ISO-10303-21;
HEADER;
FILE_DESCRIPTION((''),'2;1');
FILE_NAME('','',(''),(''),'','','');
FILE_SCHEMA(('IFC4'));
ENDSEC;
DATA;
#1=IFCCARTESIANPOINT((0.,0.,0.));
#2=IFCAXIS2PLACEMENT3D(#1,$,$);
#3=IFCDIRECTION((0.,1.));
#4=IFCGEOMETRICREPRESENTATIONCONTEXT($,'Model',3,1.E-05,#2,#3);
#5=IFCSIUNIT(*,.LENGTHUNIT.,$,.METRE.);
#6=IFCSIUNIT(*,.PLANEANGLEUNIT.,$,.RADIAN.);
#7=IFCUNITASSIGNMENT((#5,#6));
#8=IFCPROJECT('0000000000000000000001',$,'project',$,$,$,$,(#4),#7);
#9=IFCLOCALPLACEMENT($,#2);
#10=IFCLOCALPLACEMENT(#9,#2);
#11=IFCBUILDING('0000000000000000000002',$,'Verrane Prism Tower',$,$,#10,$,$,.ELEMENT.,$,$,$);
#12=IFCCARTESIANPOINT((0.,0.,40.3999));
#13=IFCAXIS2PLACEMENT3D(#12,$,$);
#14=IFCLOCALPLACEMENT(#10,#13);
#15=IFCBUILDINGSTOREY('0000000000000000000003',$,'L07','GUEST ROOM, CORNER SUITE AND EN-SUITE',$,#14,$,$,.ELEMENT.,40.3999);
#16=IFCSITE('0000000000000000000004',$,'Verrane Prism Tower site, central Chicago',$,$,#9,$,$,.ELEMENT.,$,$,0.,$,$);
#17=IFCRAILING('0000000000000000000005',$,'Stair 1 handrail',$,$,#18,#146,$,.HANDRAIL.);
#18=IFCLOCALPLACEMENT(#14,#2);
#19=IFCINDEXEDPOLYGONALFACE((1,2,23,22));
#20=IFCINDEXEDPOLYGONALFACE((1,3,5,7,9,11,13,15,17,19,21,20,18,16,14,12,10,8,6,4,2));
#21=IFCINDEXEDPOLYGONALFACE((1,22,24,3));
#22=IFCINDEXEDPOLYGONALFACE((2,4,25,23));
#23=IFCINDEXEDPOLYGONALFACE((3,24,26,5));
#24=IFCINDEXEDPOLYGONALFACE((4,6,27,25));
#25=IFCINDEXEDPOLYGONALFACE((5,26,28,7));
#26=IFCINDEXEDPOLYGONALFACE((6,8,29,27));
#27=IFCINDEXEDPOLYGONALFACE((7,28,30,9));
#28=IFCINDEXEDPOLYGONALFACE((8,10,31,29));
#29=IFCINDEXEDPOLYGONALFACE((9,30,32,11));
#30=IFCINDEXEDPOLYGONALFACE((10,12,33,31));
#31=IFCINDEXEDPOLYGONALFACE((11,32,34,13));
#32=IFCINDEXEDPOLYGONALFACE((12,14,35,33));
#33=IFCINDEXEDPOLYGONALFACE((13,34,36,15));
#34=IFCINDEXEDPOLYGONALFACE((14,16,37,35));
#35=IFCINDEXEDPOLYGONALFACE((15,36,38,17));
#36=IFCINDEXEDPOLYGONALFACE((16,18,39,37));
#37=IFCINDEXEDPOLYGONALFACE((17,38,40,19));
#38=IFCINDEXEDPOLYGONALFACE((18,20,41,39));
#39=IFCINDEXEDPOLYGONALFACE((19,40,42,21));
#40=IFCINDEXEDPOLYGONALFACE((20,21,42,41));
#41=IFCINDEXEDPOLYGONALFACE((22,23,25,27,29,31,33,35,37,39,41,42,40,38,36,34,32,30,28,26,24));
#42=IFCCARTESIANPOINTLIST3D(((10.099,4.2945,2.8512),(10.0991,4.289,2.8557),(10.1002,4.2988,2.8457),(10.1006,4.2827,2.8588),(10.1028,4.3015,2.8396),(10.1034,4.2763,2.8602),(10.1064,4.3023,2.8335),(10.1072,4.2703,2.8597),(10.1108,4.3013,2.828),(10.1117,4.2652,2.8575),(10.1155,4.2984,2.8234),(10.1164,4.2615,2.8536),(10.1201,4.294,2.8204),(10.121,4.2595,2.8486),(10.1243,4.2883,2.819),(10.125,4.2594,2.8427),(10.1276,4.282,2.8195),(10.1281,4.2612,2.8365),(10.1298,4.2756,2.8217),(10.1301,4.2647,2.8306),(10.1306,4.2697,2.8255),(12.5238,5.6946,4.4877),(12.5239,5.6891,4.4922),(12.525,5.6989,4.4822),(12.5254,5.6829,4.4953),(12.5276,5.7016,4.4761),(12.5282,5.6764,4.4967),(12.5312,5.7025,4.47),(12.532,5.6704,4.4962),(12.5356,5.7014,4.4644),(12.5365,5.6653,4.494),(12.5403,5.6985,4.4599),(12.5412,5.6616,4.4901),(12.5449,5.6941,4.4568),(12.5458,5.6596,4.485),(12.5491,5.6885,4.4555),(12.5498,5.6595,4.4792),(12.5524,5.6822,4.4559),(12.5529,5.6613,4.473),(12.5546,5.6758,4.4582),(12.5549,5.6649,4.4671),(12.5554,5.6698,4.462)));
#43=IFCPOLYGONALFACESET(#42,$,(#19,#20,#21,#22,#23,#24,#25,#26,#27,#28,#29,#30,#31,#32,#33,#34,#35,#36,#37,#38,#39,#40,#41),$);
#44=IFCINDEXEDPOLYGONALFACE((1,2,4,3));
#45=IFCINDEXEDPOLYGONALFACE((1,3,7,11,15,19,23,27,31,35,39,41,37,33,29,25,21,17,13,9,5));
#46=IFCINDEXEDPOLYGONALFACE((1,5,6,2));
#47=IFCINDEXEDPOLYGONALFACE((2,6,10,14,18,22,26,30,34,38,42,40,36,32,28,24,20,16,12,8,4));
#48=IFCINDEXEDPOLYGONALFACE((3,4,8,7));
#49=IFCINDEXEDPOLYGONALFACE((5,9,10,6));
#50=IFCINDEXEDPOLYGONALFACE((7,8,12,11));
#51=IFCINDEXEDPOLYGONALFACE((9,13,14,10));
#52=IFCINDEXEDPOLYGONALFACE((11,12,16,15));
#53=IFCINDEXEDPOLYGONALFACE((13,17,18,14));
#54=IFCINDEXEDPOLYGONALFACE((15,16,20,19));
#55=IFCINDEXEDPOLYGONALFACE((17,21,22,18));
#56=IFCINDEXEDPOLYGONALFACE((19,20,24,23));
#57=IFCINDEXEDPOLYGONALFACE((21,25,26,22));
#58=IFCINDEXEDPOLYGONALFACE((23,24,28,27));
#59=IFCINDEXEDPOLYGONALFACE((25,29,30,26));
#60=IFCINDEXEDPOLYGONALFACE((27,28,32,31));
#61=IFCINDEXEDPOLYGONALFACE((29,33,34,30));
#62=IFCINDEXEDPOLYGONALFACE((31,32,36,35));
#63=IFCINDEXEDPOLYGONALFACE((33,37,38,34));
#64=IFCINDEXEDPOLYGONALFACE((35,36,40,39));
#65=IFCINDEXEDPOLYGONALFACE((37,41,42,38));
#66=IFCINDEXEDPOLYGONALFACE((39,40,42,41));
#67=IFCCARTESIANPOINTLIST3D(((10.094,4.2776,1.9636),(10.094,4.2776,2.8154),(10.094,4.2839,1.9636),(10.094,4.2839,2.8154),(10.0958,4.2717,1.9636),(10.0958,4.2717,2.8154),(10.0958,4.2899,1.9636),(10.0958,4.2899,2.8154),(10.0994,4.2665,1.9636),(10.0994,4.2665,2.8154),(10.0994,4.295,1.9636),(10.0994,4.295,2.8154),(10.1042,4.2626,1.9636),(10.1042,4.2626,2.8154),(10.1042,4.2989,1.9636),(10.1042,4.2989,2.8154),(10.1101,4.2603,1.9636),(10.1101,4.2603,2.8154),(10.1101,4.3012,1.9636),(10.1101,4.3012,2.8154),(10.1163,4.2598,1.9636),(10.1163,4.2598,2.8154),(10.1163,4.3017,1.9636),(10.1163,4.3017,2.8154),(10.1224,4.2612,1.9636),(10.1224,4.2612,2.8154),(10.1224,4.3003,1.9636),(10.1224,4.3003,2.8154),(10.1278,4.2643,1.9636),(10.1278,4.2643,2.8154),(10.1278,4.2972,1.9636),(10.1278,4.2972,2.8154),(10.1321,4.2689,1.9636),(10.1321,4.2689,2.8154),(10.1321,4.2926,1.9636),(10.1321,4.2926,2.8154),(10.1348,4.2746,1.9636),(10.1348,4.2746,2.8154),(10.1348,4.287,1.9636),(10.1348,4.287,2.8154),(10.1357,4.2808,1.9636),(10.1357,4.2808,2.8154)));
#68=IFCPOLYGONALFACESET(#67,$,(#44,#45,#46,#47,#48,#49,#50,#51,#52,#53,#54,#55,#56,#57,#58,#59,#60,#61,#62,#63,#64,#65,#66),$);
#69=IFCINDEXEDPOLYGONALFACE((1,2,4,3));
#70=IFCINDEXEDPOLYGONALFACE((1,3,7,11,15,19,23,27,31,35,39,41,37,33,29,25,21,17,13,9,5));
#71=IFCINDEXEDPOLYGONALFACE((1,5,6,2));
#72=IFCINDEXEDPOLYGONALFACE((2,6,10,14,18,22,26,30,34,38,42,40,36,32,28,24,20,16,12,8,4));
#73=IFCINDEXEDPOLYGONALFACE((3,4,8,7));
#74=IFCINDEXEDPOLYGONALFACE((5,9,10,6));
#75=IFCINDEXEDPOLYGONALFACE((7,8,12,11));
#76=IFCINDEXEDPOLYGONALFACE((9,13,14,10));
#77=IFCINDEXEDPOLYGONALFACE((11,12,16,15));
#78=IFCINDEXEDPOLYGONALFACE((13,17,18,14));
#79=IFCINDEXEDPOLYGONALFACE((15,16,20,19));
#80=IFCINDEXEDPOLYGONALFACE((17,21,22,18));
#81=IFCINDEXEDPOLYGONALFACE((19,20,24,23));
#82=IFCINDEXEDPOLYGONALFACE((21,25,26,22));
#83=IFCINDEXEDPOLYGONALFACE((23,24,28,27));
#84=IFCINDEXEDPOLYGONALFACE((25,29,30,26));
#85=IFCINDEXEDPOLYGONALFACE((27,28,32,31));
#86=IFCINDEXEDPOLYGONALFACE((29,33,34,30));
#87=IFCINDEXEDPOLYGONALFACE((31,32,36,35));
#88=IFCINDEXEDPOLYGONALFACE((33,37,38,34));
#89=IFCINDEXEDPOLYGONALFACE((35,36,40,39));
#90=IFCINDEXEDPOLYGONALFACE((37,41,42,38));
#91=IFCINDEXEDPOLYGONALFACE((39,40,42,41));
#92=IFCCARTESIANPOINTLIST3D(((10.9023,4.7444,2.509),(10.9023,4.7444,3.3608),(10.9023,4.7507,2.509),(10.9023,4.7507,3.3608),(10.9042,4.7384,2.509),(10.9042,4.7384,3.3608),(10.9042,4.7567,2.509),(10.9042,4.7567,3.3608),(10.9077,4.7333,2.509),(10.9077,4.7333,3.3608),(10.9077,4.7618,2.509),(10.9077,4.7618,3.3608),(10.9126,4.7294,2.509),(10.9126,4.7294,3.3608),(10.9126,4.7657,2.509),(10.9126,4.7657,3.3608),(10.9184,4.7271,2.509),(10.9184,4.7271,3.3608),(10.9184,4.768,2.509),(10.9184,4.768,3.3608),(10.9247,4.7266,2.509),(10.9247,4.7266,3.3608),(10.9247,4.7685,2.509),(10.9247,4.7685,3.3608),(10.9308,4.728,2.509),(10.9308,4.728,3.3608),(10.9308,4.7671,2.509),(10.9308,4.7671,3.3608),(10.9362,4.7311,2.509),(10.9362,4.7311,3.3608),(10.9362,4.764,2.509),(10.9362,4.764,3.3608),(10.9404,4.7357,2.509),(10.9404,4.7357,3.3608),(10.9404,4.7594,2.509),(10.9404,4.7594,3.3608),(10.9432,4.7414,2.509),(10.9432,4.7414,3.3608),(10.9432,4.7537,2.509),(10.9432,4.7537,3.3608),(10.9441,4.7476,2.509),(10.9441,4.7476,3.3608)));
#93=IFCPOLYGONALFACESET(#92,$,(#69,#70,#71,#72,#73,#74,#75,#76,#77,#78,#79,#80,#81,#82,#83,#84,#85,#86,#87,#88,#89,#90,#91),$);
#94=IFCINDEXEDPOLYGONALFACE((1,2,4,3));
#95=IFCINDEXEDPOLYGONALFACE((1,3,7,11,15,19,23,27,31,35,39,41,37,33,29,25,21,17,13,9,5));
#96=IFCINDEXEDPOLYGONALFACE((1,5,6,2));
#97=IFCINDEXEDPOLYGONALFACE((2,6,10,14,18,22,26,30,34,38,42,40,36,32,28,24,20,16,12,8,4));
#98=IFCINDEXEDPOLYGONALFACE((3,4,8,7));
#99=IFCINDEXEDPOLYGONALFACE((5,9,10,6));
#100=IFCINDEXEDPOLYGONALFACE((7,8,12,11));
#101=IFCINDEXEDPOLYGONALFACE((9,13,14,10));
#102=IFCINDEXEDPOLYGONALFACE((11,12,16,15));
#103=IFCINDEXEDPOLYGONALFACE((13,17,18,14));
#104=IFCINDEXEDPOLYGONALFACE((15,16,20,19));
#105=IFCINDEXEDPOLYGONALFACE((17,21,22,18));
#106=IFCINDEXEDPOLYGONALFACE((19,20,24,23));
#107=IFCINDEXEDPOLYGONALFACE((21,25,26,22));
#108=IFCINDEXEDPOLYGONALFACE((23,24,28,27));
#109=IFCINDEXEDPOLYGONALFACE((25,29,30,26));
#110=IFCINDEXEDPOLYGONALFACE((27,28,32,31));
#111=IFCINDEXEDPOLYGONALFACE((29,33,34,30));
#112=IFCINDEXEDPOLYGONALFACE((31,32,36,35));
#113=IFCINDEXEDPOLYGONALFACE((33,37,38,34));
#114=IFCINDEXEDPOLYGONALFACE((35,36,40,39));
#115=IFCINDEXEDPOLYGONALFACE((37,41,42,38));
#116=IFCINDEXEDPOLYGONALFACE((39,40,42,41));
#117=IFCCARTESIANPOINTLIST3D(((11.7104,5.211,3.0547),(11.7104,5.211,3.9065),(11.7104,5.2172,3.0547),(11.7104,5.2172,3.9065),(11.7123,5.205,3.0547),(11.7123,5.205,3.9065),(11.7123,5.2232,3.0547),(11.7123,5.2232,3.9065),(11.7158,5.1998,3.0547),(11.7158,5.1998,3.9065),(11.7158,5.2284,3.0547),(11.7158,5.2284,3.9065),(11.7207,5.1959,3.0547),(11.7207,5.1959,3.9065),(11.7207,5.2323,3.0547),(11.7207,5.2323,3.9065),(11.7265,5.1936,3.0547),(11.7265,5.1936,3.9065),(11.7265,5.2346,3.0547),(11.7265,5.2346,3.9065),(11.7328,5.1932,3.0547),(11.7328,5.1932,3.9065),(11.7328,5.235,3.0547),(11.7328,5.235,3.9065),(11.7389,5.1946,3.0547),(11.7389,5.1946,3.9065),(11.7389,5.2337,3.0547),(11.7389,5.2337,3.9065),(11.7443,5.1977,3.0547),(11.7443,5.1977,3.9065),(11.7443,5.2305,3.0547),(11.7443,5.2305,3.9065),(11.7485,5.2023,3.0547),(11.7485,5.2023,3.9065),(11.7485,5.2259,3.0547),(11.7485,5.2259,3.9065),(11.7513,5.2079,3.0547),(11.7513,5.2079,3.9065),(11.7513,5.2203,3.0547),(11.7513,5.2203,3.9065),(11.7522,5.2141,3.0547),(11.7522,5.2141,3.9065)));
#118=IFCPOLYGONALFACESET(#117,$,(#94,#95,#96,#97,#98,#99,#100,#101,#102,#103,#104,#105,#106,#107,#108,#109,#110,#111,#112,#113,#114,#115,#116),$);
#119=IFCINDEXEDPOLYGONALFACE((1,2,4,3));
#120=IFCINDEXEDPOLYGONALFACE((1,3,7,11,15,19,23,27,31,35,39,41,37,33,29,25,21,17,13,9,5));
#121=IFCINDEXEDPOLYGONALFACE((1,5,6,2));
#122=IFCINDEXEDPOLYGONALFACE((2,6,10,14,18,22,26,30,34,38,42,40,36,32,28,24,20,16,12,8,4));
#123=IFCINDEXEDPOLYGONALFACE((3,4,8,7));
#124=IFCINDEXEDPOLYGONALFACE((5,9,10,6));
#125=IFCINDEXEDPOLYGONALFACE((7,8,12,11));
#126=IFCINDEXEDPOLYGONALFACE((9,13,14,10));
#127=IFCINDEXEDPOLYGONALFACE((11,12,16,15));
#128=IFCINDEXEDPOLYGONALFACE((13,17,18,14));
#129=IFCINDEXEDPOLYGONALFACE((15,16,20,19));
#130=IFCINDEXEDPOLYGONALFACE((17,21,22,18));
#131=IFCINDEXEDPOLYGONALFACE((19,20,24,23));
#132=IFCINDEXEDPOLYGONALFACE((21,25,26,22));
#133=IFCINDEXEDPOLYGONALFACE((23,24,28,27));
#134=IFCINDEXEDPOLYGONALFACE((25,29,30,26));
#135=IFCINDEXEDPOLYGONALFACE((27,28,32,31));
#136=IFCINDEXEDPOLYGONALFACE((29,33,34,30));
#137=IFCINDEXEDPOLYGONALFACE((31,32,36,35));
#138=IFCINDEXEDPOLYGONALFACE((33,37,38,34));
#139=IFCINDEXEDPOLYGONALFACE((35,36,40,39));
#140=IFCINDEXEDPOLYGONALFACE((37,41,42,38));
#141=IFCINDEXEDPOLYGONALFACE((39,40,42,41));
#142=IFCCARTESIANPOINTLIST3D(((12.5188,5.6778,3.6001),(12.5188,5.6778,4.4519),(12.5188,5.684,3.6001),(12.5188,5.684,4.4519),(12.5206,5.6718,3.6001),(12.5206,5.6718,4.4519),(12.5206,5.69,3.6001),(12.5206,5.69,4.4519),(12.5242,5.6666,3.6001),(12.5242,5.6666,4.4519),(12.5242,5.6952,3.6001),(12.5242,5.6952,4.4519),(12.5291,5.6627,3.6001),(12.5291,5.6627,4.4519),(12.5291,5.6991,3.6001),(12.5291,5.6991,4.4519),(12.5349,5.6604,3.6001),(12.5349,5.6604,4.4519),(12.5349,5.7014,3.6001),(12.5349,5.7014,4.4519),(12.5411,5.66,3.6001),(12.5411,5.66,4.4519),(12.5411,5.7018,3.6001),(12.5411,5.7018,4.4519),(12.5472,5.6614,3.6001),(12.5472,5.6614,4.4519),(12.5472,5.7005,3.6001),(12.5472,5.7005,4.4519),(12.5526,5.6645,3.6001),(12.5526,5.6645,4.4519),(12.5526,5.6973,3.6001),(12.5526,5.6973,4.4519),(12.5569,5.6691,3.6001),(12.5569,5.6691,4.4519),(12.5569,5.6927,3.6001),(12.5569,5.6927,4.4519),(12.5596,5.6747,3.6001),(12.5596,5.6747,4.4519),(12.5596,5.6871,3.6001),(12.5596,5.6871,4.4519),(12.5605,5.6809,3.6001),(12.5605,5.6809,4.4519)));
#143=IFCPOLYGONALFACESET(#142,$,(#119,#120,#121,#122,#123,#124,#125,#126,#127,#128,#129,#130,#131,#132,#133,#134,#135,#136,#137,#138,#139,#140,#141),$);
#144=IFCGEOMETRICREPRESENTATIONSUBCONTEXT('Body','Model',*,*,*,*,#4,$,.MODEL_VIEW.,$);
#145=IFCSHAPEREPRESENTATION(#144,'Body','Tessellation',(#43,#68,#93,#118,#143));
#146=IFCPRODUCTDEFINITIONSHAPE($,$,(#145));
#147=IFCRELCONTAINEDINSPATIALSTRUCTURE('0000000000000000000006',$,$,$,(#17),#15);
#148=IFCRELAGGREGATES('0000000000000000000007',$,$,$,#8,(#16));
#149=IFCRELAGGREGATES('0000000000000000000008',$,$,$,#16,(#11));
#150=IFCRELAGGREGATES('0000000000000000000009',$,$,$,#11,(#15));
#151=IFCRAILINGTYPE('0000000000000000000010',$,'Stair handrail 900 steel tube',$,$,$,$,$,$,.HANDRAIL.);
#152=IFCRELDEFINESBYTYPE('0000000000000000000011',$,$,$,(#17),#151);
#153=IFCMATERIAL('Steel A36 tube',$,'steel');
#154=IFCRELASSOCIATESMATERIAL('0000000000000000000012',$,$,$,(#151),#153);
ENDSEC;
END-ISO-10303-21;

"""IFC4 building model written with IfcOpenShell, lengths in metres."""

from ifc_helpers import new_model, si_unit, direction, frame, origin, origin_2d, place, context, subcontext, project, spatial, circle, extrude, material, type_object, element, save


model = new_model("IFC4")

# Units and contexts
model_context = context("Model", 3, precision=1e-05, world=origin(), true_north=direction((0.0, 1.0)))
body_context = subcontext(model_context, "Body", "Model", "MODEL_VIEW")
ifc_project = project(units=[si_unit("LENGTHUNIT", "METRE"), si_unit("PLANEANGLEUNIT", "RADIAN")], contexts=[model_context])

# Site, building, storey
site_placement = place(None, origin())
site = spatial("IfcSite", under=ifc_project, at=site_placement, Name="Verrane Prism Tower site, central Chicago", CompositionType="ELEMENT", RefElevation=0.0)
building_placement = place(site_placement, origin())
building = spatial("IfcBuilding", under=site, at=building_placement, Name="Verrane Prism Tower", CompositionType="ELEMENT")
storey_placement = place(building_placement, frame((0.0, 0.0, 40.3999)))
storey = spatial("IfcBuildingStorey", under=building, at=storey_placement, Name="L07", Description="GUEST ROOM, CORNER SUITE AND EN-SUITE", CompositionType="ELEMENT", Elevation=40.3999)

# Railing
ifc_material_1 = material(Name="Steel A36 tube", Category="steel")
railing_type_1 = type_object("IfcRailingType", Name="Stair handrail 900 steel tube", PredefinedType="HANDRAIL", material=ifc_material_1)
railing_1_placement = place(storey_placement, frame((10.1147, 4.2808, 1.9636)))
element("IfcRailing", 1, at=railing_1_placement, inside=storey, type_object=railing_type_1, Name="Stair 1 handrail", PredefinedType="HANDRAIL", context=body_context, shape_type="SweptSolid", body=[
    extrude(circle(Radius=0.0239, at=origin_2d()), frame((0.0, 0.0, 0.876), z_axis=(0.747666, 0.431722, 0.504591), x_axis=(-0.50005, 0.865997, 0.0)), (0.0, 0.0, 1.0), 3.2432),
    extrude(circle(Radius=0.021, at=origin_2d()), origin(), (0.0, 0.0, 1.0), 0.8518),
    extrude(circle(Radius=0.021, at=origin_2d()), frame((0.8083, 0.4668, 0.5454)), (0.0, 0.0, 1.0), 0.8518),
    extrude(circle(Radius=0.021, at=origin_2d()), frame((1.6165, 0.9333, 1.0911)), (0.0, 0.0, 1.0), 0.8518),
    extrude(circle(Radius=0.021, at=origin_2d()), frame((2.4248, 1.4001, 1.6365)), (0.0, 0.0, 1.0), 0.8518),
])

save(model, "model.ifc")
